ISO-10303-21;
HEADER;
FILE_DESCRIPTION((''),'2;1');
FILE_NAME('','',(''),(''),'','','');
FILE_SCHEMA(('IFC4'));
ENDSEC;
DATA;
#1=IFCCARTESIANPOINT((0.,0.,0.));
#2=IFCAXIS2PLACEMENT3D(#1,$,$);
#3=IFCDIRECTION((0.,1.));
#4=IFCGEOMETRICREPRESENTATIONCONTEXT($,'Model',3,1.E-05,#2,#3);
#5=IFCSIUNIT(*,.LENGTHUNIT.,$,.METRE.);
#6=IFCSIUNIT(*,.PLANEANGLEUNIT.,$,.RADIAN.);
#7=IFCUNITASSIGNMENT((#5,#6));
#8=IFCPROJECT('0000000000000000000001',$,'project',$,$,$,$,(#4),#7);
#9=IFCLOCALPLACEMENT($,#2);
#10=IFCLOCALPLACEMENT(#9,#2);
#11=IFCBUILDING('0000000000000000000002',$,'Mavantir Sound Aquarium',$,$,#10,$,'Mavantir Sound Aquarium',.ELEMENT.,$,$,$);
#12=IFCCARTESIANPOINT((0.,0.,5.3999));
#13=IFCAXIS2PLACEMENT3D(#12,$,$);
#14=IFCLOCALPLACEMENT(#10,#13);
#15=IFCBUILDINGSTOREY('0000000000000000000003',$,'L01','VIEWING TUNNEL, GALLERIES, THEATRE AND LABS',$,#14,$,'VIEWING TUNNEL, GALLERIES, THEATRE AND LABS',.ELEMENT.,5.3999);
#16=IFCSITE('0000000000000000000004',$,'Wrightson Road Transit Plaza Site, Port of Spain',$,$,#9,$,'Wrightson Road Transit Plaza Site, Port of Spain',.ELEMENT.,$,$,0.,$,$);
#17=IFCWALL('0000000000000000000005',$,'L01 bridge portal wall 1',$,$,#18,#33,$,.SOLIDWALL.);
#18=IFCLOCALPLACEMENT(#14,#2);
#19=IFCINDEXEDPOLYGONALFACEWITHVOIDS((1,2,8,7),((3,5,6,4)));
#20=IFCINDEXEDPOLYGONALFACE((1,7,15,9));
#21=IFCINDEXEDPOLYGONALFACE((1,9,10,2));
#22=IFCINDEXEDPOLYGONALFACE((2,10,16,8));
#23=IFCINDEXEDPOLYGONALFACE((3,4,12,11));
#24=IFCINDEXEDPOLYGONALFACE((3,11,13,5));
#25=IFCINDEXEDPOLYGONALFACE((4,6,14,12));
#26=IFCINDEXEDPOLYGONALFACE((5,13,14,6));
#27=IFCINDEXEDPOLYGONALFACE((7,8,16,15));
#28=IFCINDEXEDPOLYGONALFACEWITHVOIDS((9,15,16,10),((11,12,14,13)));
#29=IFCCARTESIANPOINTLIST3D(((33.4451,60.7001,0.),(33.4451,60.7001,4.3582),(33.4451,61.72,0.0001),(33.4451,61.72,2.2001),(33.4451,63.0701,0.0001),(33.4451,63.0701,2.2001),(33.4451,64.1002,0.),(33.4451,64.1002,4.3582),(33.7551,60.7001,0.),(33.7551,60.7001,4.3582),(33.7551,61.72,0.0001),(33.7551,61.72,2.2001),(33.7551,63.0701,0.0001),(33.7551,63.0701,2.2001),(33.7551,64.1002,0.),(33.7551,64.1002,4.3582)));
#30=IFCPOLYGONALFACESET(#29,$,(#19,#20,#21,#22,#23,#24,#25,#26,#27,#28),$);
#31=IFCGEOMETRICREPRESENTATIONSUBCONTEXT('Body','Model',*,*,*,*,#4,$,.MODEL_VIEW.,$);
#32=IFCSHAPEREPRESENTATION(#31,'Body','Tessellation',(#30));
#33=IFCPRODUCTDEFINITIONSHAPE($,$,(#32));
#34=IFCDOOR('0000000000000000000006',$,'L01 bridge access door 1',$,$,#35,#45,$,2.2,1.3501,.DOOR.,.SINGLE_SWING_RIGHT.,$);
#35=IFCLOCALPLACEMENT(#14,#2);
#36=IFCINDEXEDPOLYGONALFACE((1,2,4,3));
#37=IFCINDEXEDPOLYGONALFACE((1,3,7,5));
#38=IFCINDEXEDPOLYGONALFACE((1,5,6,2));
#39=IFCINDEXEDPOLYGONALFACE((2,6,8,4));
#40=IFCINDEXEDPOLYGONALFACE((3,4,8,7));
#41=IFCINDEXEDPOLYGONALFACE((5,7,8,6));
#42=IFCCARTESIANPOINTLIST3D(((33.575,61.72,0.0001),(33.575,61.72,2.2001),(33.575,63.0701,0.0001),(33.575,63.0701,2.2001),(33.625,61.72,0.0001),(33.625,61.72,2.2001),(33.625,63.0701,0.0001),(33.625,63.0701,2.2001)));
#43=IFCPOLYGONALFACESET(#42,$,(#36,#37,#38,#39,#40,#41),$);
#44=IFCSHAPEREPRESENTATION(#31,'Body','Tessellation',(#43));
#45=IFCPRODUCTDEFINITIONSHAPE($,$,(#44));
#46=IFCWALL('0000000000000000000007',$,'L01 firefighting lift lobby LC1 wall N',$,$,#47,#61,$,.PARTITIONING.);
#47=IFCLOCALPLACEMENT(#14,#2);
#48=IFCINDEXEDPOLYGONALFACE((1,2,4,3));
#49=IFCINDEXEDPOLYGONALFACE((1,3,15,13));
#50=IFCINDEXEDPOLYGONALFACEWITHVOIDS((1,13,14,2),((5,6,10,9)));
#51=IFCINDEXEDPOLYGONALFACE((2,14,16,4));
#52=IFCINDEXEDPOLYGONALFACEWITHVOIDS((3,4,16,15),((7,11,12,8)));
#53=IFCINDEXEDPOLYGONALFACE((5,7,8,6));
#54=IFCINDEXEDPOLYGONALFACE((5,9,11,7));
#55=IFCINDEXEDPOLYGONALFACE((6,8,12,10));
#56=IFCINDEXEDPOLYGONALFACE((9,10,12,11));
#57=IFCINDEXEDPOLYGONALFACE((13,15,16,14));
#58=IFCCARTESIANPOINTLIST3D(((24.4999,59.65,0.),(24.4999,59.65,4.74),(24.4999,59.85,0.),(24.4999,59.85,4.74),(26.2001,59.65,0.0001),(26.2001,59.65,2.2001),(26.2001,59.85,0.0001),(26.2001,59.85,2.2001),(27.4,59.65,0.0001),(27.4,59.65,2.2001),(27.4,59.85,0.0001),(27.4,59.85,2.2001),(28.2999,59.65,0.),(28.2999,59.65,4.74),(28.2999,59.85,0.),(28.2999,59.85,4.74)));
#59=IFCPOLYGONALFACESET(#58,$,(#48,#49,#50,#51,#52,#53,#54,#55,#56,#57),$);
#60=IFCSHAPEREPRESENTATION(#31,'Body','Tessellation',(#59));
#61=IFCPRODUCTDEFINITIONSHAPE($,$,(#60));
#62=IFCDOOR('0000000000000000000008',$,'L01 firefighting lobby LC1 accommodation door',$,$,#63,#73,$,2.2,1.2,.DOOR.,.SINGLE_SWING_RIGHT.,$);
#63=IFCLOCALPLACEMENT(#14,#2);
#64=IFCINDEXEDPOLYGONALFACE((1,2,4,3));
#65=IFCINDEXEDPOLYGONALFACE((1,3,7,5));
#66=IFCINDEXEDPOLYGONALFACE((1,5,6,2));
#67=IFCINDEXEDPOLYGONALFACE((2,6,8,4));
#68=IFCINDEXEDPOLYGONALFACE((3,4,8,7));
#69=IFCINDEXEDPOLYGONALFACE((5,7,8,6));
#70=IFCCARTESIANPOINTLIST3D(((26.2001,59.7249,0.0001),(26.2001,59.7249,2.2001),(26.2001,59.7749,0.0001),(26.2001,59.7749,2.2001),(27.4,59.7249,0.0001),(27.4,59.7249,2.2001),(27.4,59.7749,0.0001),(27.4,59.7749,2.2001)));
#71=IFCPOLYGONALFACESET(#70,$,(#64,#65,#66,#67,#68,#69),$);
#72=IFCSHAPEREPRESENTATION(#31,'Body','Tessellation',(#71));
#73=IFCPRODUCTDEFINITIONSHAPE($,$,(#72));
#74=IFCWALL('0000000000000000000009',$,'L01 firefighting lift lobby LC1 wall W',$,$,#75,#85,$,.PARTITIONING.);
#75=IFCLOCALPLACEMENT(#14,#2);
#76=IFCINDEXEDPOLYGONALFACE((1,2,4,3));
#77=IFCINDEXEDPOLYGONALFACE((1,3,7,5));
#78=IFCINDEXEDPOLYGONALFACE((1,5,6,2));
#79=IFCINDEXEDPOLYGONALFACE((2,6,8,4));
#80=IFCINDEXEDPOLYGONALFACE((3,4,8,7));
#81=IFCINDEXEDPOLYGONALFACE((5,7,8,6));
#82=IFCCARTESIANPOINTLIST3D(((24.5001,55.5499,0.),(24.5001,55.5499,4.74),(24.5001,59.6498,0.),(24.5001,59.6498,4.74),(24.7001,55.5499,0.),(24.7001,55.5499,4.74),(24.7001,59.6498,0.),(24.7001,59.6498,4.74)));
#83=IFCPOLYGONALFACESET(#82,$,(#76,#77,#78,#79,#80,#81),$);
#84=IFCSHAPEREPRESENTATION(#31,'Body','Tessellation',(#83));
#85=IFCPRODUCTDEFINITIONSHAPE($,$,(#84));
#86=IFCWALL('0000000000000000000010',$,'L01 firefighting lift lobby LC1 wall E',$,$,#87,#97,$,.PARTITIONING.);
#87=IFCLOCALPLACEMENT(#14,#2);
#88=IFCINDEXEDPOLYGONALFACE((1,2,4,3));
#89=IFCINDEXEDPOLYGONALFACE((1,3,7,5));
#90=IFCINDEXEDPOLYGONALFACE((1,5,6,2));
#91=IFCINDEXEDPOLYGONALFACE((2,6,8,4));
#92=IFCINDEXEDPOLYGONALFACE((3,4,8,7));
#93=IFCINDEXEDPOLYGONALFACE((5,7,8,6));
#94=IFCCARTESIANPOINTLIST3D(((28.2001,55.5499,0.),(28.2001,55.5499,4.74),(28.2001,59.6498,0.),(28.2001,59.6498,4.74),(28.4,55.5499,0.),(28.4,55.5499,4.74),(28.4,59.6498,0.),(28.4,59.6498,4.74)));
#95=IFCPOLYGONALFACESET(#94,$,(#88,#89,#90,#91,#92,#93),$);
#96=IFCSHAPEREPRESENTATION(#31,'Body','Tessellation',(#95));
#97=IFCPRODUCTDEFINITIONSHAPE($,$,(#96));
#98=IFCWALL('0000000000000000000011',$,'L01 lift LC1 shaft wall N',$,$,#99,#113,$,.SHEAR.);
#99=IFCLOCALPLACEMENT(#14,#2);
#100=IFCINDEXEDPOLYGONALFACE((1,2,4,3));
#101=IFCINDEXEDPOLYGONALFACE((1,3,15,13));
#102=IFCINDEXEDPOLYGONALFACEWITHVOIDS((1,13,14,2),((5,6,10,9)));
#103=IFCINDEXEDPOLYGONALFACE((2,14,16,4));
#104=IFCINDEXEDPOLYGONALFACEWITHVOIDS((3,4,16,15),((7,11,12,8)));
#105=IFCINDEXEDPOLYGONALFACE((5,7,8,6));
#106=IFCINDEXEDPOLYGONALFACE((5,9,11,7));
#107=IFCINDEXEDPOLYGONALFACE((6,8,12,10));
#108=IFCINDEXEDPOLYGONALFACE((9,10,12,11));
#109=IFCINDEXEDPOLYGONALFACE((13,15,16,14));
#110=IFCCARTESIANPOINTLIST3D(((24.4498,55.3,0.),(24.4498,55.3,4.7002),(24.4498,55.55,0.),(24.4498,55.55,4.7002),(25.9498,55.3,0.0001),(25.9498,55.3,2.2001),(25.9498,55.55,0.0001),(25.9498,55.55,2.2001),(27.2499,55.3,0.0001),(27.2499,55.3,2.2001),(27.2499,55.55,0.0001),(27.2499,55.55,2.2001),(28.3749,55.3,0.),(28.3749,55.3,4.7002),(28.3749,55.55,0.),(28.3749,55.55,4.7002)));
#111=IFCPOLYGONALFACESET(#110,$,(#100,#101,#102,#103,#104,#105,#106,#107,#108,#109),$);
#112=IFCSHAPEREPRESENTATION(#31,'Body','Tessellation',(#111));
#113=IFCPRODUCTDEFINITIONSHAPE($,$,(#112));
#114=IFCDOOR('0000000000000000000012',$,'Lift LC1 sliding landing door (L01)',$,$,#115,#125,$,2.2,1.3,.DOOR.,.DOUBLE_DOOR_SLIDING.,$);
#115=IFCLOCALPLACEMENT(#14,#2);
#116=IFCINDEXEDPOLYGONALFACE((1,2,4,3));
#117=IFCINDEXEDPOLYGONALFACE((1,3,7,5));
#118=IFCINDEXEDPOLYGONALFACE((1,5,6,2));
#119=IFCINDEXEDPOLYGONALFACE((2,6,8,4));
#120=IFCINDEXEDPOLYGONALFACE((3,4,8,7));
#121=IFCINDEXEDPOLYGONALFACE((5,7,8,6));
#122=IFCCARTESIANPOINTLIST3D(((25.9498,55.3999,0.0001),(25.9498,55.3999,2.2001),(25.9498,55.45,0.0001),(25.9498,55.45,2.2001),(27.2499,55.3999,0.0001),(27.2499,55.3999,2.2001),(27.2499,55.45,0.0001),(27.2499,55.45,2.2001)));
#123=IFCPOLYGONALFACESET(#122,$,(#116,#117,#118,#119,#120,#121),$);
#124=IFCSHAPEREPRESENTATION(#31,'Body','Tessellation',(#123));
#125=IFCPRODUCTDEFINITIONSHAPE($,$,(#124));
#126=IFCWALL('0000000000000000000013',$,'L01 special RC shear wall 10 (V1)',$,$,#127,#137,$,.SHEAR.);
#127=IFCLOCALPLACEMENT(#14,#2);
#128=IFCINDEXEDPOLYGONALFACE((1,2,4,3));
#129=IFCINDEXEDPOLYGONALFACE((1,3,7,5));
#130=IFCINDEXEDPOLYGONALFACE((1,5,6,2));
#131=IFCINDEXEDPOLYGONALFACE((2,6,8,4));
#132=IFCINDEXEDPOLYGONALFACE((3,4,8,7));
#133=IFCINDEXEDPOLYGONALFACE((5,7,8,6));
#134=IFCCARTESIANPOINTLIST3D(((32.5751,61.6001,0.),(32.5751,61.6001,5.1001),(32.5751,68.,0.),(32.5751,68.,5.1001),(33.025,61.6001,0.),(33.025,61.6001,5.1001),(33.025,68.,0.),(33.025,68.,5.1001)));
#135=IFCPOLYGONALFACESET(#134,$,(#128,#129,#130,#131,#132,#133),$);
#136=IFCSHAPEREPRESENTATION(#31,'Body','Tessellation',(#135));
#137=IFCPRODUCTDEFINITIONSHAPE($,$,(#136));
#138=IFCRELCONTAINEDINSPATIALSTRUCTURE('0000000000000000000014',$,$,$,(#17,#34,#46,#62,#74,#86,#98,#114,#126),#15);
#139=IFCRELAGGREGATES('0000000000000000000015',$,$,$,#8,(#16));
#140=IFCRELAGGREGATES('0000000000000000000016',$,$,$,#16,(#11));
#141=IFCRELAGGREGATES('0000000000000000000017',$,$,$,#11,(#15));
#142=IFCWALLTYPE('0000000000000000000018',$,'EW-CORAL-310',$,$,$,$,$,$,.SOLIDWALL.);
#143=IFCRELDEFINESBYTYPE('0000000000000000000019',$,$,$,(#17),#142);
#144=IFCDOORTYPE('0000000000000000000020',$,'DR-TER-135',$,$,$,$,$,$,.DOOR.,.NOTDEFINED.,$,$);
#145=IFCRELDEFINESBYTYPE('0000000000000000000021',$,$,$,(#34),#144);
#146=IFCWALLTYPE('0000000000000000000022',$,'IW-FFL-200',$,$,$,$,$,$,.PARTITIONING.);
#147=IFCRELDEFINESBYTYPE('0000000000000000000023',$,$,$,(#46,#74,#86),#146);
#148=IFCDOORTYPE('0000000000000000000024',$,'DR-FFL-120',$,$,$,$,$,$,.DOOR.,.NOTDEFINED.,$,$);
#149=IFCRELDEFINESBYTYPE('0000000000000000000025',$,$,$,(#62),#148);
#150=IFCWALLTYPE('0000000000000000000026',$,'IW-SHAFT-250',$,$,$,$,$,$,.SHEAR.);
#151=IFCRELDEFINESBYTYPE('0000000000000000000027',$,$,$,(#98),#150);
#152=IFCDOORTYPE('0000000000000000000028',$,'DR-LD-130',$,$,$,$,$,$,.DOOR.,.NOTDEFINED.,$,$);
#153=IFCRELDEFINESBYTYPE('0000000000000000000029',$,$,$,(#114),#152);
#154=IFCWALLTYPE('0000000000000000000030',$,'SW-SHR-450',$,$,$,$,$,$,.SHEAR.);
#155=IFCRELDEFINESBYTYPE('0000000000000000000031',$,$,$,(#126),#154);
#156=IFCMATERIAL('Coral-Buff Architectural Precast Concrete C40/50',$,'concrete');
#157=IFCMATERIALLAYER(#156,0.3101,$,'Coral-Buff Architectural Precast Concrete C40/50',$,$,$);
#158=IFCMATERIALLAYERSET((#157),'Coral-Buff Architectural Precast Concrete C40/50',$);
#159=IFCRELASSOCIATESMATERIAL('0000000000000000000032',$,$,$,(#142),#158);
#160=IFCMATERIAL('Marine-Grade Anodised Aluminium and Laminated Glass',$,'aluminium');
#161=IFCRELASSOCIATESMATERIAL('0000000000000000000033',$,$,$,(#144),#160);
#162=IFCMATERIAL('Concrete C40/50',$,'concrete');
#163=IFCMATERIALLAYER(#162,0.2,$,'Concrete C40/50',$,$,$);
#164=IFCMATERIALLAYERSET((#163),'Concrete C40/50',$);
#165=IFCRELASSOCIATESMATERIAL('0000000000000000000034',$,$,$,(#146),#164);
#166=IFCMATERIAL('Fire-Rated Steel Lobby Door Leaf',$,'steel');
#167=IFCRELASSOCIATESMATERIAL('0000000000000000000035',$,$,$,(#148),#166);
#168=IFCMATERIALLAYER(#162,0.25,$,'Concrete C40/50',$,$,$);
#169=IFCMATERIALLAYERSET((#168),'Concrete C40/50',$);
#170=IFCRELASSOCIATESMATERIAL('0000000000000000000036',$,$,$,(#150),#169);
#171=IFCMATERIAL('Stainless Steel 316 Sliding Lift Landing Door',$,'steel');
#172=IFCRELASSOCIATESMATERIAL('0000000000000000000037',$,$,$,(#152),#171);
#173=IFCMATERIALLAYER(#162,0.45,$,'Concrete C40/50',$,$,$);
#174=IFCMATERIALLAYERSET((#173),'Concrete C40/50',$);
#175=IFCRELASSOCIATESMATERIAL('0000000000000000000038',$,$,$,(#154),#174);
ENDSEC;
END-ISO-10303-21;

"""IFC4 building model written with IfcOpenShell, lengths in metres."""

from ifc_helpers import new_model, si_unit, direction, frame, frame_2d, origin, place, context, subcontext, project, spatial, rectangle, extrude, material, layer, layer_set, type_object, element, fill, save


model = new_model("IFC4")

# Units and contexts
model_context = context("Model", 3, precision=1e-05, world=origin(), true_north=direction((0.0, 1.0)))
body_context = subcontext(model_context, "Body", "Model", "MODEL_VIEW")
ifc_project = project(units=[si_unit("LENGTHUNIT", "METRE"), si_unit("PLANEANGLEUNIT", "RADIAN")], contexts=[model_context])

# Site, building, storey
site_placement = place(None, origin())
site = spatial("IfcSite", under=ifc_project, at=site_placement, Name="Wrightson Road Transit Plaza Site, Port of Spain", LongName="Wrightson Road Transit Plaza Site, Port of Spain", CompositionType="ELEMENT", RefElevation=0.0)
building_placement = place(site_placement, origin())
building = spatial("IfcBuilding", under=site, at=building_placement, Name="Mavantir Sound Aquarium", LongName="Mavantir Sound Aquarium", CompositionType="ELEMENT")
storey_placement = place(building_placement, frame((0.0, 0.0, 5.3999)))
storey = spatial("IfcBuildingStorey", under=building, at=storey_placement, Name="L01", Description="VIEWING TUNNEL, GALLERIES, THEATRE AND LABS", LongName="VIEWING TUNNEL, GALLERIES, THEATRE AND LABS", CompositionType="ELEMENT", Elevation=5.3999)

# Shared definitions
ifc_material_1 = material(Name="Concrete C40/50", Category="concrete")

# Walls, openings, doors
ifc_material_2 = material(Name="Coral-Buff Architectural Precast Concrete C40/50", Category="concrete")
ifc_layer_1 = layer(ifc_material_2, 0.3101, Name="Coral-Buff Architectural Precast Concrete C40/50")
ifc_layer_set_1 = layer_set([ifc_layer_1], Name="Coral-Buff Architectural Precast Concrete C40/50")
wall_type_1 = type_object("IfcWallType", Name="EW-CORAL-310", PredefinedType="SOLIDWALL", material=ifc_layer_set_1)
wall_1_placement = place(storey_placement, frame((33.6001, 60.7, 0.0), z_axis=(0.0, 0.0, 1.0), x_axis=(0.0, 1.0, 0.0)))
wall_1 = element("IfcWall", 1, at=wall_1_placement, inside=storey, type_object=wall_type_1, Name="L01 bridge portal wall 1", PredefinedType="SOLIDWALL", context=body_context, shape_type="SweptSolid", body=[
    extrude(rectangle(XDim=3.4001, YDim=0.3101, at=frame_2d((1.7002, 0.0))), origin(), (0.0, 0.0, 1.0), 4.3582),
])
opening_1_placement = place(wall_1_placement, frame((2.3701, 0.0, 0.0), z_axis=(0.0, 0.0, 1.0), x_axis=(-1.0, 0.0, 0.0)))
opening_1 = element("IfcOpeningElement", 2, at=opening_1_placement, cuts=wall_1, PredefinedType="OPENING", context=body_context, shape_type="SweptSolid", body=[
    extrude(rectangle(XDim=1.3501, YDim=2.2, at=frame_2d((0.675, 1.1001))), frame((0.0, 0.165, 0.0), z_axis=(0.0, -1.0, 0.0), x_axis=(1.0, 0.0, 0.0)), (0.0, 0.0, 1.0), 0.3301),
])
ifc_material_3 = material(Name="Marine-Grade Anodised Aluminium and Laminated Glass", Category="aluminium")
door_type_1 = type_object("IfcDoorType", Name="DR-TER-135", OperationType="NOTDEFINED", PredefinedType="DOOR", material=ifc_material_3)
door_1_placement = place(opening_1_placement, origin())
door_1 = element("IfcDoor", 3, at=door_1_placement, inside=storey, type_object=door_type_1, Name="L01 bridge access door 1", OperationType="SINGLE_SWING_RIGHT", OverallHeight=2.2, OverallWidth=1.3501, PredefinedType="DOOR", context=body_context, shape_type="SweptSolid", body=[
    extrude(rectangle(XDim=1.3501, YDim=2.2, at=frame_2d((0.675, 1.1001))), frame((0.0, 0.0249, 0.0), z_axis=(0.0, -1.0, 0.0), x_axis=(1.0, 0.0, 0.0)), (0.0, 0.0, 1.0), 0.05),
])
fill(opening_1, door_1)
ifc_layer_2 = layer(ifc_material_1, 0.2, Name="Concrete C40/50")
ifc_layer_set_2 = layer_set([ifc_layer_2], Name="Concrete C40/50")
wall_type_2 = type_object("IfcWallType", Name="IW-FFL-200", PredefinedType="PARTITIONING", material=ifc_layer_set_2)
wall_2_placement = place(storey_placement, frame((24.5, 59.75, 0.0), z_axis=(0.0, 0.0, 1.0), x_axis=(1.0, 0.0, 0.0)))
wall_2 = element("IfcWall", 4, at=wall_2_placement, inside=storey, type_object=wall_type_2, Name="L01 firefighting lift lobby LC1 wall N", PredefinedType="PARTITIONING", context=body_context, shape_type="SweptSolid", body=[
    extrude(rectangle(XDim=3.8, YDim=0.2, at=frame_2d((1.8999, 0.0))), origin(), (0.0, 0.0, 1.0), 4.74),
])
opening_2_placement = place(wall_2_placement, frame((1.7, 0.0, 0.0)))
opening_2 = element("IfcOpeningElement", 5, at=opening_2_placement, cuts=wall_2, PredefinedType="OPENING", context=body_context, shape_type="SweptSolid", body=[
    extrude(rectangle(XDim=1.2, YDim=2.2, at=frame_2d((0.6001, 1.1001))), frame((0.0, 0.1099, 0.0), z_axis=(0.0, -1.0, 0.0), x_axis=(1.0, 0.0, 0.0)), (0.0, 0.0, 1.0), 0.22),
])
ifc_material_4 = material(Name="Fire-Rated Steel Lobby Door Leaf", Category="steel")
door_type_2 = type_object("IfcDoorType", Name="DR-FFL-120", OperationType="NOTDEFINED", PredefinedType="DOOR", material=ifc_material_4)
door_2_placement = place(opening_2_placement, origin())
door_2 = element("IfcDoor", 6, at=door_2_placement, inside=storey, type_object=door_type_2, Name="L01 firefighting lobby LC1 accommodation door", OperationType="SINGLE_SWING_RIGHT", OverallHeight=2.2, OverallWidth=1.2, PredefinedType="DOOR", context=body_context, shape_type="SweptSolid", body=[
    extrude(rectangle(XDim=1.2, YDim=2.2, at=frame_2d((0.6001, 1.1001))), frame((0.0, 0.0249, 0.0), z_axis=(0.0, -1.0, 0.0), x_axis=(1.0, 0.0, 0.0)), (0.0, 0.0, 1.0), 0.05),
])
fill(opening_2, door_2)

# Walls
for number, where, z_axis, x_axis, name in (
    (7, (24.6001, 55.55, 0.0), (0.0, 0.0, 1.0), (0.0, 1.0, 0.0), "L01 firefighting lift lobby LC1 wall W"),
    (8, (28.3, 55.55, 0.0), (0.0, 0.0, 1.0), (0.0, 1.0, 0.0), "L01 firefighting lift lobby LC1 wall E"),
):
    element("IfcWall", number, at=place(storey_placement, frame(where, z_axis=z_axis, x_axis=x_axis)), inside=storey, type_object=wall_type_2, Name=name, PredefinedType="PARTITIONING", context=body_context, shape_type="SweptSolid", body=[
        extrude(rectangle(XDim=4.0999, YDim=0.2, at=frame_2d((2.0498, 0.0))), origin(), (0.0, 0.0, 1.0), 4.74),
    ])

# Wall, opening, door
ifc_layer_3 = layer(ifc_material_1, 0.25, Name="Concrete C40/50")
ifc_layer_set_3 = layer_set([ifc_layer_3], Name="Concrete C40/50")
wall_type_3 = type_object("IfcWallType", Name="IW-SHAFT-250", PredefinedType="SHEAR", material=ifc_layer_set_3)
wall_3_placement = place(storey_placement, frame((24.45, 55.425, 0.0), z_axis=(0.0, 0.0, 1.0), x_axis=(1.0, 0.0, 0.0)))
wall_3 = element("IfcWall", 9, at=wall_3_placement, inside=storey, type_object=wall_type_3, Name="L01 lift LC1 shaft wall N", PredefinedType="SHEAR", context=body_context, shape_type="SweptSolid", body=[
    extrude(rectangle(XDim=3.925, YDim=0.25, at=frame_2d((1.9624, 0.0))), origin(), (0.0, 0.0, 1.0), 4.7002),
])
opening_3_placement = place(wall_3_placement, frame((1.5, 0.0, 0.0)))
opening_3 = element("IfcOpeningElement", 10, at=opening_3_placement, cuts=wall_3, PredefinedType="OPENING", context=body_context, shape_type="SweptSolid", body=[
    extrude(rectangle(XDim=1.3, YDim=2.2, at=frame_2d((0.6499, 1.1001))), frame((0.0, 0.135, 0.0), z_axis=(0.0, -1.0, 0.0), x_axis=(1.0, 0.0, 0.0)), (0.0, 0.0, 1.0), 0.27),
])
ifc_material_5 = material(Name="Stainless Steel 316 Sliding Lift Landing Door", Category="steel")
door_type_3 = type_object("IfcDoorType", Name="DR-LD-130", OperationType="NOTDEFINED", PredefinedType="DOOR", material=ifc_material_5)
door_3_placement = place(opening_3_placement, origin())
door_3 = element("IfcDoor", 11, at=door_3_placement, inside=storey, type_object=door_type_3, Name="Lift LC1 sliding landing door (L01)", OperationType="DOUBLE_DOOR_SLIDING", OverallHeight=2.2, OverallWidth=1.3, PredefinedType="DOOR", context=body_context, shape_type="SweptSolid", body=[
    extrude(rectangle(XDim=1.3, YDim=2.2, at=frame_2d((0.6499, 1.1001))), frame((0.0, 0.0249, 0.0), z_axis=(0.0, -1.0, 0.0), x_axis=(1.0, 0.0, 0.0)), (0.0, 0.0, 1.0), 0.05),
])
fill(opening_3, door_3)

# Wall
ifc_layer_4 = layer(ifc_material_1, 0.45, Name="Concrete C40/50")
ifc_layer_set_4 = layer_set([ifc_layer_4], Name="Concrete C40/50")
wall_type_4 = type_object("IfcWallType", Name="SW-SHR-450", PredefinedType="SHEAR", material=ifc_layer_set_4)
wall_4_placement = place(storey_placement, frame((32.8, 61.6001, 0.0), z_axis=(0.0, 0.0, 1.0), x_axis=(0.0, 1.0, 0.0)))
element("IfcWall", 12, at=wall_4_placement, inside=storey, type_object=wall_type_4, Name="L01 special RC shear wall 10 (V1)", PredefinedType="SHEAR", context=body_context, shape_type="SweptSolid", body=[
    extrude(rectangle(XDim=6.3999, YDim=0.45, at=frame_2d((3.2, 0.0))), origin(), (0.0, 0.0, 1.0), 5.1001),
])

save(model, "model.ifc")
